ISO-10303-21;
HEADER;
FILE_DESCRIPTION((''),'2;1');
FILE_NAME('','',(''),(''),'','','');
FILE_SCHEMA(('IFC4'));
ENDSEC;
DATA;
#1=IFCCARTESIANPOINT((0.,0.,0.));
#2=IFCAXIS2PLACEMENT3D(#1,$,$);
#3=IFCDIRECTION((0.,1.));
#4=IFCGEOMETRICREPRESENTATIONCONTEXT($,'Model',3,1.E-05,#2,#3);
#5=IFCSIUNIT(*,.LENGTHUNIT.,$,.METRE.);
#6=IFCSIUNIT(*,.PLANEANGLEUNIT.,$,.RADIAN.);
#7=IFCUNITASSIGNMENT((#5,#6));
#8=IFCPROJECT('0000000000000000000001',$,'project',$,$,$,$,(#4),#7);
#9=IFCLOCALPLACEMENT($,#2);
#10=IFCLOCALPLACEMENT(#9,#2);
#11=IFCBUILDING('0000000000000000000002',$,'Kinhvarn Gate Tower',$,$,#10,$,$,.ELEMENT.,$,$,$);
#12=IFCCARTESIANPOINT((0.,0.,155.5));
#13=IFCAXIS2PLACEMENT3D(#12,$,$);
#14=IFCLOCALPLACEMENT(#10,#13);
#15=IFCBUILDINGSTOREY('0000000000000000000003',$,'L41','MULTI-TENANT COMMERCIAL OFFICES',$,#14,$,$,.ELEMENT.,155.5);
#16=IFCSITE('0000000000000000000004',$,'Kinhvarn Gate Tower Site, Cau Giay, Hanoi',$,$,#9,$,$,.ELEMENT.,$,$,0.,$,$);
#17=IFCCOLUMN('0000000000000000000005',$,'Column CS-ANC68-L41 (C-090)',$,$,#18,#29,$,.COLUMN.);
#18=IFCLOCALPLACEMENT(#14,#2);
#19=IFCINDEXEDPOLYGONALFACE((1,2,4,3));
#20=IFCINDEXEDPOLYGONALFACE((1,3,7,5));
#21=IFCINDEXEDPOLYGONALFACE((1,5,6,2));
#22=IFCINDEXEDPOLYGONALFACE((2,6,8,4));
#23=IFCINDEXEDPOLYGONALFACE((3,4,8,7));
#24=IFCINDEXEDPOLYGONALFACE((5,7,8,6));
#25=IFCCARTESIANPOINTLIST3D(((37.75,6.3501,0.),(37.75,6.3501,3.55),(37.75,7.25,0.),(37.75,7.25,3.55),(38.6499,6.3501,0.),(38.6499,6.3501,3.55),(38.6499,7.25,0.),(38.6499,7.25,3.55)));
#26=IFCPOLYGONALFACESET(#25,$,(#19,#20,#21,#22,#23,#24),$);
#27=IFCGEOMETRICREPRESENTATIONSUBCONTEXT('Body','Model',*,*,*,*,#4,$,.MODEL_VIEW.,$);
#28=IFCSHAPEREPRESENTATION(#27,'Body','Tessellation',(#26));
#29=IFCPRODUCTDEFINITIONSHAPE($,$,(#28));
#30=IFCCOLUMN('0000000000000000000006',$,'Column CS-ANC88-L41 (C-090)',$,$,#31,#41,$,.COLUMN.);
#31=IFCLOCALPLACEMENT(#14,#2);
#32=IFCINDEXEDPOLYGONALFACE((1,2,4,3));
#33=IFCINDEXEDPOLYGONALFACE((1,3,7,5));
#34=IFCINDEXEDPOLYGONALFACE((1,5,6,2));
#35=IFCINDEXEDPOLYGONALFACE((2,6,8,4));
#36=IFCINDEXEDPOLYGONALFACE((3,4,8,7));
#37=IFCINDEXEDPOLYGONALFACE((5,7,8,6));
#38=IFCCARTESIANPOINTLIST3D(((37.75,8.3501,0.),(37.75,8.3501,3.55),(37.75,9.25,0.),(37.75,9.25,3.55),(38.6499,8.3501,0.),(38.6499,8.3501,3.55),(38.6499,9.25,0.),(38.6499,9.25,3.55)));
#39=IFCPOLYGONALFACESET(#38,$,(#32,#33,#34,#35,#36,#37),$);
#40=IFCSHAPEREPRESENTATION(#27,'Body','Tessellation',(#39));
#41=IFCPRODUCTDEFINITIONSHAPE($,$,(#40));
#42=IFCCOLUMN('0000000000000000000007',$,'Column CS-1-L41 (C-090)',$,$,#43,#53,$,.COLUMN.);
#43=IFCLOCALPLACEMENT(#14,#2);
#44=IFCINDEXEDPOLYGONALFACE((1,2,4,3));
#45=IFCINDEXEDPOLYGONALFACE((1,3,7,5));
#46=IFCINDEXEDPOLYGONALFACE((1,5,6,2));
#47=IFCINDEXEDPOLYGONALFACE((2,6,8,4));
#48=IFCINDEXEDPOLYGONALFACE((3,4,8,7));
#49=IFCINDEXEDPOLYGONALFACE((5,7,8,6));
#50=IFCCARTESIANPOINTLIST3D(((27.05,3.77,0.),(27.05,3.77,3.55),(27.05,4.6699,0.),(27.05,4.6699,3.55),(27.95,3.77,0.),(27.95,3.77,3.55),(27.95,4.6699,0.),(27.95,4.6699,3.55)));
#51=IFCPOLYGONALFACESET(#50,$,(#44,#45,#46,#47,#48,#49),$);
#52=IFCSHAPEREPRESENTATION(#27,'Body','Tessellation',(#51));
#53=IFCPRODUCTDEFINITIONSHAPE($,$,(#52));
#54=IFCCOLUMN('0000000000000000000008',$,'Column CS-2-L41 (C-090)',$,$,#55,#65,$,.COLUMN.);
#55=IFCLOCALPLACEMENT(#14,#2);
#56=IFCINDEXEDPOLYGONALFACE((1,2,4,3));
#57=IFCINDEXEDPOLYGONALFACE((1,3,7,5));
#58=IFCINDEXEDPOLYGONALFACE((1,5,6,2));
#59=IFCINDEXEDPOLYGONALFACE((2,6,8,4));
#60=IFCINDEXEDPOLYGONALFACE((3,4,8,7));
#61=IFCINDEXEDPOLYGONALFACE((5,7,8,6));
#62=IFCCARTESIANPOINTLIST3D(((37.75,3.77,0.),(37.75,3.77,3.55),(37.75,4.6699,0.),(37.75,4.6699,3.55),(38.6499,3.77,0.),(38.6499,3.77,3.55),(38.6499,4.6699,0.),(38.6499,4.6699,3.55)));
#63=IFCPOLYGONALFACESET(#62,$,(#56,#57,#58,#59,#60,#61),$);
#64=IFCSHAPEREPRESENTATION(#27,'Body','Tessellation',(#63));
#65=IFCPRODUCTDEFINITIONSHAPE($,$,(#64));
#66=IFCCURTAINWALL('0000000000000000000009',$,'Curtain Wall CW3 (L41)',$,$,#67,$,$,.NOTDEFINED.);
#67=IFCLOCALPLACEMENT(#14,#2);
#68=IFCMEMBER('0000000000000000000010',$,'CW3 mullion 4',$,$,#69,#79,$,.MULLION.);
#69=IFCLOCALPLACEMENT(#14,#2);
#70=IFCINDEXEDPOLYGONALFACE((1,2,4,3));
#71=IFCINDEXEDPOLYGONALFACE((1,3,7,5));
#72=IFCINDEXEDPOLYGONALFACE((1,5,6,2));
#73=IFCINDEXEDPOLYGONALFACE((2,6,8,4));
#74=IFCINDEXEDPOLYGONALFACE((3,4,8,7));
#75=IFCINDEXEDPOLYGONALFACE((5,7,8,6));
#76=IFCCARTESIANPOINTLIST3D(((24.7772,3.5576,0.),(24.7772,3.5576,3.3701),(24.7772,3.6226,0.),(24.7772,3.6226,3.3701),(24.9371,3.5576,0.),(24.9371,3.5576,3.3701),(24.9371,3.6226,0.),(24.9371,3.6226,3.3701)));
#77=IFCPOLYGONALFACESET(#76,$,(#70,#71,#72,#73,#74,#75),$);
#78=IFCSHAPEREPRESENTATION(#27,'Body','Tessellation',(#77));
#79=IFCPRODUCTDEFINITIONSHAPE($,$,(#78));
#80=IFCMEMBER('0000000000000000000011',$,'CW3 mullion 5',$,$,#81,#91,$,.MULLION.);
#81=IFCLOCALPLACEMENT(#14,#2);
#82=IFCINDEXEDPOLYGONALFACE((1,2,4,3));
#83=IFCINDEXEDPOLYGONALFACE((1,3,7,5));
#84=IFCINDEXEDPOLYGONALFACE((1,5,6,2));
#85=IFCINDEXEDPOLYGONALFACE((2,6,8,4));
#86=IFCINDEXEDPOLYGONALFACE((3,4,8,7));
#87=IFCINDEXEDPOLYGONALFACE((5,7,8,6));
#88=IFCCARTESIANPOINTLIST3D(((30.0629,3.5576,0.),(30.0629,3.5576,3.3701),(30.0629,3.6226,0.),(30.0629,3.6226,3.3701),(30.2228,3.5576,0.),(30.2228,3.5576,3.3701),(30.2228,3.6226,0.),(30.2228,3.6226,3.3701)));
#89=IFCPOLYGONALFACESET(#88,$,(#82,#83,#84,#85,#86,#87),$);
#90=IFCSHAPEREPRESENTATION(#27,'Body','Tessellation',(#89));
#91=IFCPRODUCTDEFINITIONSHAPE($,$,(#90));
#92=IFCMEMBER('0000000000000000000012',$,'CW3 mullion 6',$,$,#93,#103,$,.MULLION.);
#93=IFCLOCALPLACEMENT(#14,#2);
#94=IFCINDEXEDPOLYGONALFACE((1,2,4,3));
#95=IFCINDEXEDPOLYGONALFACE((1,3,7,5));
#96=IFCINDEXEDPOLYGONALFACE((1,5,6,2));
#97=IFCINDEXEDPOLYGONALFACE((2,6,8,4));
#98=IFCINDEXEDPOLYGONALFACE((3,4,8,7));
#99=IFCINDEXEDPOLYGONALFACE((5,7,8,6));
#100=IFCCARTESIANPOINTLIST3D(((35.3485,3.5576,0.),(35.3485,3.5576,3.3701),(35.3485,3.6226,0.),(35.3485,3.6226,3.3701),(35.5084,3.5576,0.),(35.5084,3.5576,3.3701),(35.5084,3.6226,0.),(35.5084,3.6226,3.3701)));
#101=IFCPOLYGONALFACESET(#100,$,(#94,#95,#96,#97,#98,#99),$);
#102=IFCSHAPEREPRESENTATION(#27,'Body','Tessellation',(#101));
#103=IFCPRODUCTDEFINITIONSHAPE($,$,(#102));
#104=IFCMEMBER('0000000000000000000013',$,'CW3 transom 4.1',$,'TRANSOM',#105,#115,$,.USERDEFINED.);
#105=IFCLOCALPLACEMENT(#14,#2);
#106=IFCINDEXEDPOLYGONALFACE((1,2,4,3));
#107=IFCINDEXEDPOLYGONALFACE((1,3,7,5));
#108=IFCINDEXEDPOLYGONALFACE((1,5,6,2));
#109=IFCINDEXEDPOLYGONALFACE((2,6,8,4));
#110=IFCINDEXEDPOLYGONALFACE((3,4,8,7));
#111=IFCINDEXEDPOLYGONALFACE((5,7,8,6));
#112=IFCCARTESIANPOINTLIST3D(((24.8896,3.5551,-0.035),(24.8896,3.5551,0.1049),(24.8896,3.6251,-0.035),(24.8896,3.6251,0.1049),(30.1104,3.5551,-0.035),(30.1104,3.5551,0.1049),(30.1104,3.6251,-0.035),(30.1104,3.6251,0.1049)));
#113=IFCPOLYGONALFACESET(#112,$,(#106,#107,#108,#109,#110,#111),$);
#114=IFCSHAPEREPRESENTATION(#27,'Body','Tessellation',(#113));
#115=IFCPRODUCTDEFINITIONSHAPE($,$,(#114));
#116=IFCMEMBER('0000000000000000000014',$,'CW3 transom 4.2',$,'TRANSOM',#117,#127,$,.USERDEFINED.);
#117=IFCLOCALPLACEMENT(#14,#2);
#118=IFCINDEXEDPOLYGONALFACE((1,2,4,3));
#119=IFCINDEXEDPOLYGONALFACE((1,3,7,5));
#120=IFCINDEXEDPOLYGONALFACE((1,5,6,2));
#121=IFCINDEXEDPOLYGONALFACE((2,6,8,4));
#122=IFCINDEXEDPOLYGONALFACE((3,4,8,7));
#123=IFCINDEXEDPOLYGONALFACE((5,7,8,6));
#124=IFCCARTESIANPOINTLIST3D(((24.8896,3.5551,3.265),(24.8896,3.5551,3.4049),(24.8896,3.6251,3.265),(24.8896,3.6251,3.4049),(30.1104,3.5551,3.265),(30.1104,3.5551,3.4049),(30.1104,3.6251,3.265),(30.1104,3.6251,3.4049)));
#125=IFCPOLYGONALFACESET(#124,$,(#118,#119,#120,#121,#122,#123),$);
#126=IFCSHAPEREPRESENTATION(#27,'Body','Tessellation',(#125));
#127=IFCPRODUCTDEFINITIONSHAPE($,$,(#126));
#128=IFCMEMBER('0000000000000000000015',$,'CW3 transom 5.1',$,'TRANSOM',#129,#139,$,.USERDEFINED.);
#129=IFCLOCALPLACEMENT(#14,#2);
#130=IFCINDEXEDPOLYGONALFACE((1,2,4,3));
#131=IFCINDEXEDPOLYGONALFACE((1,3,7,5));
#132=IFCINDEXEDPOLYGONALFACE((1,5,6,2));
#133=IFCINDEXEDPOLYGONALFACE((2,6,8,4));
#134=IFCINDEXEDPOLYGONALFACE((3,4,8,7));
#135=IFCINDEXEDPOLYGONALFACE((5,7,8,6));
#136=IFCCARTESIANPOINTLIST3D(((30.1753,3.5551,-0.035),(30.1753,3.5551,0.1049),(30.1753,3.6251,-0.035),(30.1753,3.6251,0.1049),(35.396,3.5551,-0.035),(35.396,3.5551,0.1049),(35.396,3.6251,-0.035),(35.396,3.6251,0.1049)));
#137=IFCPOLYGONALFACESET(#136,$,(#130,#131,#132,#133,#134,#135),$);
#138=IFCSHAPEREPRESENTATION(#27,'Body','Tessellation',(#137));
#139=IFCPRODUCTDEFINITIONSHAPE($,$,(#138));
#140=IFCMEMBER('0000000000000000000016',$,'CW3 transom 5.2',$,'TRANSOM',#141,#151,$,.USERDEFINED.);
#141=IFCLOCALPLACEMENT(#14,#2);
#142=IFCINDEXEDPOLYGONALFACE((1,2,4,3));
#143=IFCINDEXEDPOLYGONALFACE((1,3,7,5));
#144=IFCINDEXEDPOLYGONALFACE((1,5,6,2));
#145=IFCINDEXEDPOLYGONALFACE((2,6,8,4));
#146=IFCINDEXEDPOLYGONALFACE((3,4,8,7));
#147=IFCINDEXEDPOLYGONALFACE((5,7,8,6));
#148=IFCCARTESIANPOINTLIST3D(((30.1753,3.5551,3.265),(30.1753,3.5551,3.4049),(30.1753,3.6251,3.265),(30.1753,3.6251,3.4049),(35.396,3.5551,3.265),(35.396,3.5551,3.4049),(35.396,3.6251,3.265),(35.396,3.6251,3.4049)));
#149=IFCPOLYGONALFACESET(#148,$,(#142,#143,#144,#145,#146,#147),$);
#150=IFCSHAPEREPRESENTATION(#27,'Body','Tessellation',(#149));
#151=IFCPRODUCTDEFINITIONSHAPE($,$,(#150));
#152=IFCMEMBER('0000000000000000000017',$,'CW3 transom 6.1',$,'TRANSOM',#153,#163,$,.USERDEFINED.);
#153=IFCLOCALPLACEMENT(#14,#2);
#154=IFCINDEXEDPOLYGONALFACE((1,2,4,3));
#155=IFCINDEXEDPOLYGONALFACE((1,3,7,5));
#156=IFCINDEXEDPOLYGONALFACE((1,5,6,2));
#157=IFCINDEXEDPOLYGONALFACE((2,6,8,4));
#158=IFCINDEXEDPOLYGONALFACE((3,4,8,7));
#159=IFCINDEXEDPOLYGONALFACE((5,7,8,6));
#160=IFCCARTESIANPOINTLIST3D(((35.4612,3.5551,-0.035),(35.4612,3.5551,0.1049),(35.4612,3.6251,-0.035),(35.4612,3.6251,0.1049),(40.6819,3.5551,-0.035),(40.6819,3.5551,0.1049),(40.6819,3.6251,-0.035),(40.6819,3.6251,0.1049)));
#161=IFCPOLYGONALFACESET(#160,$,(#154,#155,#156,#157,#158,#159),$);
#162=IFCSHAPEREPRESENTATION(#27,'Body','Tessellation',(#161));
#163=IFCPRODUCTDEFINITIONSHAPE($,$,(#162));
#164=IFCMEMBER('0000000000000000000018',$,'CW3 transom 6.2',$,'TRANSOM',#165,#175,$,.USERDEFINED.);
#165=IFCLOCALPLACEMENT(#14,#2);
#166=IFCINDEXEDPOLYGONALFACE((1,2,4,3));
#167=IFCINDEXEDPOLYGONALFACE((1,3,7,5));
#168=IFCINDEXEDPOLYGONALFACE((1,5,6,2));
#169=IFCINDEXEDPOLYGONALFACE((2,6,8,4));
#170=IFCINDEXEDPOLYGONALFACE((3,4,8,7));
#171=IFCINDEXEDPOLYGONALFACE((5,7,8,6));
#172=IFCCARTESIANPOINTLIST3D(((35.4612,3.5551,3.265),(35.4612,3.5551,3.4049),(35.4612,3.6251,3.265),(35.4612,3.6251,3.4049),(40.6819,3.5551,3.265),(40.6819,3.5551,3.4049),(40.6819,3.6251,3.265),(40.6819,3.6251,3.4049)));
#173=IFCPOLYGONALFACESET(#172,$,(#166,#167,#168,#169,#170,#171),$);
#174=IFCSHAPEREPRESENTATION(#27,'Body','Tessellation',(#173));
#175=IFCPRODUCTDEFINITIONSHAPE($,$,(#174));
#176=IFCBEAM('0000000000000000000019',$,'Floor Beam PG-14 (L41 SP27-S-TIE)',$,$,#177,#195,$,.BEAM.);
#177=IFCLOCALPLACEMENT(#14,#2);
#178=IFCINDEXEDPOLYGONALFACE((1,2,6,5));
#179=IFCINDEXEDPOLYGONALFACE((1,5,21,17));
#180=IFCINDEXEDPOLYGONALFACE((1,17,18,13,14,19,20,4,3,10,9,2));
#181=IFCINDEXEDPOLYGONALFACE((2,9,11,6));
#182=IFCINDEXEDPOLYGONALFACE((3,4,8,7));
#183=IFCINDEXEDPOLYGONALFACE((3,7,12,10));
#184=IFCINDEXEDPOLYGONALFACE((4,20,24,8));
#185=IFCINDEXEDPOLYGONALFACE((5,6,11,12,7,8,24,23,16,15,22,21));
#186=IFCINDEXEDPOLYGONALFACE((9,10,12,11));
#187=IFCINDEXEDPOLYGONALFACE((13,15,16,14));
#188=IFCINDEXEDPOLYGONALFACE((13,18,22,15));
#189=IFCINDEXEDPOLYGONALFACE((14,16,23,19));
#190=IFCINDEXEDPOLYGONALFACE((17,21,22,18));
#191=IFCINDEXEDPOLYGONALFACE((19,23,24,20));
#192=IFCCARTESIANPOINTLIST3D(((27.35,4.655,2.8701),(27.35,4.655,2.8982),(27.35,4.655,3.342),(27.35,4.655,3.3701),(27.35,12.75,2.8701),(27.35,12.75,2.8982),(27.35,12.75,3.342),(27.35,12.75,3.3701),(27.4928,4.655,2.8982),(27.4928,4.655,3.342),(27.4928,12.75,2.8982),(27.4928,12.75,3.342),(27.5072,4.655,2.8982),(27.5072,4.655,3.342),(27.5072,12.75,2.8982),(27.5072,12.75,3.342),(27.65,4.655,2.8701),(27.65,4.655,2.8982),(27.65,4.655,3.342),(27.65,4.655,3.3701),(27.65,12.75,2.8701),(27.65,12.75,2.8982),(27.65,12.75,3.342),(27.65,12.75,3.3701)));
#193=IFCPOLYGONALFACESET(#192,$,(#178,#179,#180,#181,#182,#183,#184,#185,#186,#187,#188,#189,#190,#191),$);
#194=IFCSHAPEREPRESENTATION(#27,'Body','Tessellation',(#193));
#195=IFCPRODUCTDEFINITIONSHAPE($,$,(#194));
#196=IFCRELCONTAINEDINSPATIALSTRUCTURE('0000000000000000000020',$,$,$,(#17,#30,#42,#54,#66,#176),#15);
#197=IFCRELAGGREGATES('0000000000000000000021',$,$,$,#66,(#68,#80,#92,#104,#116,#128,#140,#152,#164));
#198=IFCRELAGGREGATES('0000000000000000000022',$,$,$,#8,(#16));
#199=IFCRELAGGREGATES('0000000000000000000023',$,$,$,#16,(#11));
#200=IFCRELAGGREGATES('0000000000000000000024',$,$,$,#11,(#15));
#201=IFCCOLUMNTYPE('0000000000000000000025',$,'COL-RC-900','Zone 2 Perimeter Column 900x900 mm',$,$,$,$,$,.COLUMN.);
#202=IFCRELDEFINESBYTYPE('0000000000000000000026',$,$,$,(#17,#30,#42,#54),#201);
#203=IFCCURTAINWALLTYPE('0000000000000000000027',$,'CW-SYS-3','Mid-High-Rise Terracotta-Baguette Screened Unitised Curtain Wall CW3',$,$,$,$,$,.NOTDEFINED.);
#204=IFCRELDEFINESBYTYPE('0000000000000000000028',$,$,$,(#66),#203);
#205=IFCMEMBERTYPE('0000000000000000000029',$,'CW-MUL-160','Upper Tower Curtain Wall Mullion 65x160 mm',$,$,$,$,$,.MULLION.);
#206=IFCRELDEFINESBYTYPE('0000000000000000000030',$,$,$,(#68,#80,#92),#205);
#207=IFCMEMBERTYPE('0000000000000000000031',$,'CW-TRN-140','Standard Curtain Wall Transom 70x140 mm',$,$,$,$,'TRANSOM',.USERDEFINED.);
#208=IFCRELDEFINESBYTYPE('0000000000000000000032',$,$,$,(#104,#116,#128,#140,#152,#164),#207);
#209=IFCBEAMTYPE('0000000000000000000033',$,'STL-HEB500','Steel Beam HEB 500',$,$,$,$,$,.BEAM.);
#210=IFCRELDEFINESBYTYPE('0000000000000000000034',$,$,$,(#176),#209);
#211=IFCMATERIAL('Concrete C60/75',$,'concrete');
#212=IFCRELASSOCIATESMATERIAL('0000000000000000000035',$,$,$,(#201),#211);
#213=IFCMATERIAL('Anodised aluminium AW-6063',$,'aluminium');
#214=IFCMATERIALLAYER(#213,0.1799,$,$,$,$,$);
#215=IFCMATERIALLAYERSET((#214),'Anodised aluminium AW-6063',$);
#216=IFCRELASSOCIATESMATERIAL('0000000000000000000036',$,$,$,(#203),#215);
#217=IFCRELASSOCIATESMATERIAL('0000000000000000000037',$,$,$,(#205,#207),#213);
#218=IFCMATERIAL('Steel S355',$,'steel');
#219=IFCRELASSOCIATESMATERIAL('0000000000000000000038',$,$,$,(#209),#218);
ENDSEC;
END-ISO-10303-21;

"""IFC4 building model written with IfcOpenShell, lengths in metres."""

from ifc_helpers import new_model, si_unit, direction, frame, origin, origin_2d, place, context, subcontext, project, spatial, rectangle, i_section, extrude, material, layer, layer_set, material_profile, profile_set, type_object, element, aggregate, save


model = new_model("IFC4")

# Units and contexts
model_context = context("Model", 3, precision=1e-05, world=origin(), true_north=direction((0.0, 1.0)))
body_context = subcontext(model_context, "Body", "Model", "MODEL_VIEW")
ifc_project = project(units=[si_unit("LENGTHUNIT", "METRE"), si_unit("PLANEANGLEUNIT", "RADIAN")], contexts=[model_context])

# Site, building, storey
site_placement = place(None, origin())
site = spatial("IfcSite", under=ifc_project, at=site_placement, Name="Kinhvarn Gate Tower Site, Cau Giay, Hanoi", CompositionType="ELEMENT", RefElevation=0.0)
building_placement = place(site_placement, origin())
building = spatial("IfcBuilding", under=site, at=building_placement, Name="Kinhvarn Gate Tower", CompositionType="ELEMENT")
storey_placement = place(building_placement, frame((0.0, 0.0, 155.5)))
storey = spatial("IfcBuildingStorey", under=building, at=storey_placement, Name="L41", Description="MULTI-TENANT COMMERCIAL OFFICES", CompositionType="ELEMENT", Elevation=155.5)

# Columns
ifc_material_1 = material(Name="Concrete C60/75", Category="concrete")
ifc_material_profile_1 = material_profile(ifc_material_1, rectangle(XDim=0.8999, YDim=0.8999, at=origin_2d()), Name="RC 900x900")
ifc_profile_set_1 = profile_set([ifc_material_profile_1], Name="Concrete C60/75")
column_type = type_object("IfcColumnType", Name="COL-RC-900", Description="Zone 2 Perimeter Column 900x900 mm", PredefinedType="COLUMN", material=ifc_profile_set_1)
for number, where, z_axis, x_axis, name in (
    (1, (38.2, 6.8, 0.0), (0.0, 0.0, 1.0), (1.0, 0.0, 0.0), "Column CS-ANC68-L41 (C-090)"),
    (2, (38.2, 8.8, 0.0), (0.0, 0.0, 1.0), (1.0, 0.0, 0.0), "Column CS-ANC88-L41 (C-090)"),
    (3, (27.5, 4.22, 0.0), (0.0, 0.0, 1.0), (1.0, 0.0, 0.0), "Column CS-1-L41 (C-090)"),
    (4, (38.2, 4.22, 0.0), (0.0, 0.0, 1.0), (1.0, 0.0, 0.0), "Column CS-2-L41 (C-090)"),
):
    element("IfcColumn", number, at=place(storey_placement, frame(where, z_axis=z_axis, x_axis=x_axis)), inside=storey, type_object=column_type, Name=name, PredefinedType="COLUMN", context=body_context, shape_type="SweptSolid", body=[
        extrude(rectangle(XDim=0.8999, YDim=0.8999, at=origin_2d()), origin(), (0.0, 0.0, 1.0), 3.55),
    ])

# Curtain wall, members
ifc_material_2 = material(Name="Anodised aluminium AW-6063", Category="aluminium")
ifc_layer_1 = layer(ifc_material_2, 0.1799)
ifc_layer_set_1 = layer_set([ifc_layer_1], Name="Anodised aluminium AW-6063")
curtain_wall_type = type_object("IfcCurtainWallType", Name="CW-SYS-3", Description="Mid-High-Rise Terracotta-Baguette Screened Unitised Curtain Wall CW3", PredefinedType="NOTDEFINED", material=ifc_layer_set_1)
curtain_wall_placement = place(storey_placement, origin())
curtain_wall = element("IfcCurtainWall", 5, at=curtain_wall_placement, inside=storey, type_object=curtain_wall_type, Name="Curtain Wall CW3 (L41)", PredefinedType="NOTDEFINED")
ifc_material_profile_2 = material_profile(ifc_material_2, rectangle(XDim=0.0649, YDim=0.1599, at=origin_2d()), Name="ALU 65x160")
ifc_profile_set_2 = profile_set([ifc_material_profile_2], Name="Anodised aluminium AW-6063")
member_type_1 = type_object("IfcMemberType", Name="CW-MUL-160", Description="Upper Tower Curtain Wall Mullion 65x160 mm", PredefinedType="MULLION", material=ifc_profile_set_2)
member_1_placement = place(storey_placement, frame((24.8572, 3.5901, 0.0), z_axis=(0.0, 0.0, 1.0), x_axis=(0.0, 1.0, 0.0)))
member_1 = element("IfcMember", 6, at=member_1_placement, type_object=member_type_1, Name="CW3 mullion 4", PredefinedType="MULLION", context=body_context, shape_type="SweptSolid", body=[
    extrude(rectangle(XDim=0.0649, YDim=0.1599, at=origin_2d()), origin(), (0.0, 0.0, 1.0), 3.3701),
])
member_2_placement = place(storey_placement, frame((30.1428, 3.5901, 0.0), z_axis=(0.0, 0.0, 1.0), x_axis=(0.0, 1.0, 0.0)))
member_2 = element("IfcMember", 7, at=member_2_placement, type_object=member_type_1, Name="CW3 mullion 5", PredefinedType="MULLION", context=body_context, shape_type="SweptSolid", body=[
    extrude(rectangle(XDim=0.0649, YDim=0.1599, at=origin_2d()), origin(), (0.0, 0.0, 1.0), 3.3701),
])
member_3_placement = place(storey_placement, frame((35.4285, 3.5901, 0.0), z_axis=(0.0, 0.0, 1.0), x_axis=(0.0, 1.0, 0.0)))
member_3 = element("IfcMember", 8, at=member_3_placement, type_object=member_type_1, Name="CW3 mullion 6", PredefinedType="MULLION", context=body_context, shape_type="SweptSolid", body=[
    extrude(rectangle(XDim=0.0649, YDim=0.1599, at=origin_2d()), origin(), (0.0, 0.0, 1.0), 3.3701),
])
ifc_material_profile_3 = material_profile(ifc_material_2, rectangle(XDim=0.0701, YDim=0.1399, at=origin_2d()), Name="ALU 70x140")
ifc_profile_set_3 = profile_set([ifc_material_profile_3], Name="Anodised aluminium AW-6063")
member_type_2 = type_object("IfcMemberType", Name="CW-TRN-140", Description="Standard Curtain Wall Transom 70x140 mm", ElementType="TRANSOM", PredefinedType="USERDEFINED", material=ifc_profile_set_3)
member_4_placement = place(storey_placement, frame((24.8896, 3.5901, 0.0349), z_axis=(1.0, 0.0, 0.0), x_axis=(0.0, 1.0, 0.0)))
member_4 = element("IfcMember", 9, at=member_4_placement, type_object=member_type_2, Name="CW3 transom 4.1", ObjectType="TRANSOM", PredefinedType="USERDEFINED", context=body_context, shape_type="SweptSolid", body=[
    extrude(rectangle(XDim=0.0701, YDim=0.1399, at=origin_2d()), origin(), (0.0, 0.0, 1.0), 5.2207),
])
member_5_placement = place(storey_placement, frame((24.8896, 3.5901, 3.335), z_axis=(1.0, 0.0, 0.0), x_axis=(0.0, 1.0, 0.0)))
member_5 = element("IfcMember", 10, at=member_5_placement, type_object=member_type_2, Name="CW3 transom 4.2", ObjectType="TRANSOM", PredefinedType="USERDEFINED", context=body_context, shape_type="SweptSolid", body=[
    extrude(rectangle(XDim=0.0701, YDim=0.1399, at=origin_2d()), origin(), (0.0, 0.0, 1.0), 5.2207),
])
member_6_placement = place(storey_placement, frame((30.1753, 3.5901, 0.0349), z_axis=(1.0, 0.0, 0.0), x_axis=(0.0, 1.0, 0.0)))
member_6 = element("IfcMember", 11, at=member_6_placement, type_object=member_type_2, Name="CW3 transom 5.1", ObjectType="TRANSOM", PredefinedType="USERDEFINED", context=body_context, shape_type="SweptSolid", body=[
    extrude(rectangle(XDim=0.0701, YDim=0.1399, at=origin_2d()), origin(), (0.0, 0.0, 1.0), 5.2207),
])
member_7_placement = place(storey_placement, frame((30.1753, 3.5901, 3.335), z_axis=(1.0, 0.0, 0.0), x_axis=(0.0, 1.0, 0.0)))
member_7 = element("IfcMember", 12, at=member_7_placement, type_object=member_type_2, Name="CW3 transom 5.2", ObjectType="TRANSOM", PredefinedType="USERDEFINED", context=body_context, shape_type="SweptSolid", body=[
    extrude(rectangle(XDim=0.0701, YDim=0.1399, at=origin_2d()), origin(), (0.0, 0.0, 1.0), 5.2207),
])
member_8_placement = place(storey_placement, frame((35.4612, 3.5901, 0.0349), z_axis=(1.0, 0.0, 0.0), x_axis=(0.0, 1.0, 0.0)))
member_8 = element("IfcMember", 13, at=member_8_placement, type_object=member_type_2, Name="CW3 transom 6.1", ObjectType="TRANSOM", PredefinedType="USERDEFINED", context=body_context, shape_type="SweptSolid", body=[
    extrude(rectangle(XDim=0.0701, YDim=0.1399, at=origin_2d()), origin(), (0.0, 0.0, 1.0), 5.2207),
])
member_9_placement = place(storey_placement, frame((35.4612, 3.5901, 3.335), z_axis=(1.0, 0.0, 0.0), x_axis=(0.0, 1.0, 0.0)))
member_9 = element("IfcMember", 14, at=member_9_placement, type_object=member_type_2, Name="CW3 transom 6.2", ObjectType="TRANSOM", PredefinedType="USERDEFINED", context=body_context, shape_type="SweptSolid", body=[
    extrude(rectangle(XDim=0.0701, YDim=0.1399, at=origin_2d()), origin(), (0.0, 0.0, 1.0), 5.2207),
])

# Beam
ifc_material_3 = material(Name="Steel S355", Category="steel")
ifc_material_profile_4 = material_profile(ifc_material_3, i_section(OverallWidth=0.3, OverallDepth=0.5, WebThickness=0.0144, FlangeThickness=0.0281, at=origin_2d()), Name="HEB 500")
ifc_profile_set_4 = profile_set([ifc_material_profile_4], Name="Steel S355")
beam_type_1 = type_object("IfcBeamType", Name="STL-HEB500", Description="Steel Beam HEB 500", PredefinedType="BEAM", material=ifc_profile_set_4)
beam_1_placement = place(storey_placement, frame((27.5, 4.655, 3.1201), z_axis=(0.0, 1.0, 0.0), x_axis=(-1.0, 0.0, 0.0)))
element("IfcBeam", 15, at=beam_1_placement, inside=storey, type_object=beam_type_1, Name="Floor Beam PG-14 (L41 SP27-S-TIE)", PredefinedType="BEAM", context=body_context, shape_type="SweptSolid", body=[
    extrude(i_section(OverallWidth=0.3, OverallDepth=0.5, WebThickness=0.0144, FlangeThickness=0.0281, at=origin_2d()), origin(), (0.0, 0.0, 1.0), 8.095),
])

aggregate(curtain_wall, [member_1, member_2, member_3, member_4, member_5, member_6, member_7, member_8, member_9])

save(model, "model.ifc")
